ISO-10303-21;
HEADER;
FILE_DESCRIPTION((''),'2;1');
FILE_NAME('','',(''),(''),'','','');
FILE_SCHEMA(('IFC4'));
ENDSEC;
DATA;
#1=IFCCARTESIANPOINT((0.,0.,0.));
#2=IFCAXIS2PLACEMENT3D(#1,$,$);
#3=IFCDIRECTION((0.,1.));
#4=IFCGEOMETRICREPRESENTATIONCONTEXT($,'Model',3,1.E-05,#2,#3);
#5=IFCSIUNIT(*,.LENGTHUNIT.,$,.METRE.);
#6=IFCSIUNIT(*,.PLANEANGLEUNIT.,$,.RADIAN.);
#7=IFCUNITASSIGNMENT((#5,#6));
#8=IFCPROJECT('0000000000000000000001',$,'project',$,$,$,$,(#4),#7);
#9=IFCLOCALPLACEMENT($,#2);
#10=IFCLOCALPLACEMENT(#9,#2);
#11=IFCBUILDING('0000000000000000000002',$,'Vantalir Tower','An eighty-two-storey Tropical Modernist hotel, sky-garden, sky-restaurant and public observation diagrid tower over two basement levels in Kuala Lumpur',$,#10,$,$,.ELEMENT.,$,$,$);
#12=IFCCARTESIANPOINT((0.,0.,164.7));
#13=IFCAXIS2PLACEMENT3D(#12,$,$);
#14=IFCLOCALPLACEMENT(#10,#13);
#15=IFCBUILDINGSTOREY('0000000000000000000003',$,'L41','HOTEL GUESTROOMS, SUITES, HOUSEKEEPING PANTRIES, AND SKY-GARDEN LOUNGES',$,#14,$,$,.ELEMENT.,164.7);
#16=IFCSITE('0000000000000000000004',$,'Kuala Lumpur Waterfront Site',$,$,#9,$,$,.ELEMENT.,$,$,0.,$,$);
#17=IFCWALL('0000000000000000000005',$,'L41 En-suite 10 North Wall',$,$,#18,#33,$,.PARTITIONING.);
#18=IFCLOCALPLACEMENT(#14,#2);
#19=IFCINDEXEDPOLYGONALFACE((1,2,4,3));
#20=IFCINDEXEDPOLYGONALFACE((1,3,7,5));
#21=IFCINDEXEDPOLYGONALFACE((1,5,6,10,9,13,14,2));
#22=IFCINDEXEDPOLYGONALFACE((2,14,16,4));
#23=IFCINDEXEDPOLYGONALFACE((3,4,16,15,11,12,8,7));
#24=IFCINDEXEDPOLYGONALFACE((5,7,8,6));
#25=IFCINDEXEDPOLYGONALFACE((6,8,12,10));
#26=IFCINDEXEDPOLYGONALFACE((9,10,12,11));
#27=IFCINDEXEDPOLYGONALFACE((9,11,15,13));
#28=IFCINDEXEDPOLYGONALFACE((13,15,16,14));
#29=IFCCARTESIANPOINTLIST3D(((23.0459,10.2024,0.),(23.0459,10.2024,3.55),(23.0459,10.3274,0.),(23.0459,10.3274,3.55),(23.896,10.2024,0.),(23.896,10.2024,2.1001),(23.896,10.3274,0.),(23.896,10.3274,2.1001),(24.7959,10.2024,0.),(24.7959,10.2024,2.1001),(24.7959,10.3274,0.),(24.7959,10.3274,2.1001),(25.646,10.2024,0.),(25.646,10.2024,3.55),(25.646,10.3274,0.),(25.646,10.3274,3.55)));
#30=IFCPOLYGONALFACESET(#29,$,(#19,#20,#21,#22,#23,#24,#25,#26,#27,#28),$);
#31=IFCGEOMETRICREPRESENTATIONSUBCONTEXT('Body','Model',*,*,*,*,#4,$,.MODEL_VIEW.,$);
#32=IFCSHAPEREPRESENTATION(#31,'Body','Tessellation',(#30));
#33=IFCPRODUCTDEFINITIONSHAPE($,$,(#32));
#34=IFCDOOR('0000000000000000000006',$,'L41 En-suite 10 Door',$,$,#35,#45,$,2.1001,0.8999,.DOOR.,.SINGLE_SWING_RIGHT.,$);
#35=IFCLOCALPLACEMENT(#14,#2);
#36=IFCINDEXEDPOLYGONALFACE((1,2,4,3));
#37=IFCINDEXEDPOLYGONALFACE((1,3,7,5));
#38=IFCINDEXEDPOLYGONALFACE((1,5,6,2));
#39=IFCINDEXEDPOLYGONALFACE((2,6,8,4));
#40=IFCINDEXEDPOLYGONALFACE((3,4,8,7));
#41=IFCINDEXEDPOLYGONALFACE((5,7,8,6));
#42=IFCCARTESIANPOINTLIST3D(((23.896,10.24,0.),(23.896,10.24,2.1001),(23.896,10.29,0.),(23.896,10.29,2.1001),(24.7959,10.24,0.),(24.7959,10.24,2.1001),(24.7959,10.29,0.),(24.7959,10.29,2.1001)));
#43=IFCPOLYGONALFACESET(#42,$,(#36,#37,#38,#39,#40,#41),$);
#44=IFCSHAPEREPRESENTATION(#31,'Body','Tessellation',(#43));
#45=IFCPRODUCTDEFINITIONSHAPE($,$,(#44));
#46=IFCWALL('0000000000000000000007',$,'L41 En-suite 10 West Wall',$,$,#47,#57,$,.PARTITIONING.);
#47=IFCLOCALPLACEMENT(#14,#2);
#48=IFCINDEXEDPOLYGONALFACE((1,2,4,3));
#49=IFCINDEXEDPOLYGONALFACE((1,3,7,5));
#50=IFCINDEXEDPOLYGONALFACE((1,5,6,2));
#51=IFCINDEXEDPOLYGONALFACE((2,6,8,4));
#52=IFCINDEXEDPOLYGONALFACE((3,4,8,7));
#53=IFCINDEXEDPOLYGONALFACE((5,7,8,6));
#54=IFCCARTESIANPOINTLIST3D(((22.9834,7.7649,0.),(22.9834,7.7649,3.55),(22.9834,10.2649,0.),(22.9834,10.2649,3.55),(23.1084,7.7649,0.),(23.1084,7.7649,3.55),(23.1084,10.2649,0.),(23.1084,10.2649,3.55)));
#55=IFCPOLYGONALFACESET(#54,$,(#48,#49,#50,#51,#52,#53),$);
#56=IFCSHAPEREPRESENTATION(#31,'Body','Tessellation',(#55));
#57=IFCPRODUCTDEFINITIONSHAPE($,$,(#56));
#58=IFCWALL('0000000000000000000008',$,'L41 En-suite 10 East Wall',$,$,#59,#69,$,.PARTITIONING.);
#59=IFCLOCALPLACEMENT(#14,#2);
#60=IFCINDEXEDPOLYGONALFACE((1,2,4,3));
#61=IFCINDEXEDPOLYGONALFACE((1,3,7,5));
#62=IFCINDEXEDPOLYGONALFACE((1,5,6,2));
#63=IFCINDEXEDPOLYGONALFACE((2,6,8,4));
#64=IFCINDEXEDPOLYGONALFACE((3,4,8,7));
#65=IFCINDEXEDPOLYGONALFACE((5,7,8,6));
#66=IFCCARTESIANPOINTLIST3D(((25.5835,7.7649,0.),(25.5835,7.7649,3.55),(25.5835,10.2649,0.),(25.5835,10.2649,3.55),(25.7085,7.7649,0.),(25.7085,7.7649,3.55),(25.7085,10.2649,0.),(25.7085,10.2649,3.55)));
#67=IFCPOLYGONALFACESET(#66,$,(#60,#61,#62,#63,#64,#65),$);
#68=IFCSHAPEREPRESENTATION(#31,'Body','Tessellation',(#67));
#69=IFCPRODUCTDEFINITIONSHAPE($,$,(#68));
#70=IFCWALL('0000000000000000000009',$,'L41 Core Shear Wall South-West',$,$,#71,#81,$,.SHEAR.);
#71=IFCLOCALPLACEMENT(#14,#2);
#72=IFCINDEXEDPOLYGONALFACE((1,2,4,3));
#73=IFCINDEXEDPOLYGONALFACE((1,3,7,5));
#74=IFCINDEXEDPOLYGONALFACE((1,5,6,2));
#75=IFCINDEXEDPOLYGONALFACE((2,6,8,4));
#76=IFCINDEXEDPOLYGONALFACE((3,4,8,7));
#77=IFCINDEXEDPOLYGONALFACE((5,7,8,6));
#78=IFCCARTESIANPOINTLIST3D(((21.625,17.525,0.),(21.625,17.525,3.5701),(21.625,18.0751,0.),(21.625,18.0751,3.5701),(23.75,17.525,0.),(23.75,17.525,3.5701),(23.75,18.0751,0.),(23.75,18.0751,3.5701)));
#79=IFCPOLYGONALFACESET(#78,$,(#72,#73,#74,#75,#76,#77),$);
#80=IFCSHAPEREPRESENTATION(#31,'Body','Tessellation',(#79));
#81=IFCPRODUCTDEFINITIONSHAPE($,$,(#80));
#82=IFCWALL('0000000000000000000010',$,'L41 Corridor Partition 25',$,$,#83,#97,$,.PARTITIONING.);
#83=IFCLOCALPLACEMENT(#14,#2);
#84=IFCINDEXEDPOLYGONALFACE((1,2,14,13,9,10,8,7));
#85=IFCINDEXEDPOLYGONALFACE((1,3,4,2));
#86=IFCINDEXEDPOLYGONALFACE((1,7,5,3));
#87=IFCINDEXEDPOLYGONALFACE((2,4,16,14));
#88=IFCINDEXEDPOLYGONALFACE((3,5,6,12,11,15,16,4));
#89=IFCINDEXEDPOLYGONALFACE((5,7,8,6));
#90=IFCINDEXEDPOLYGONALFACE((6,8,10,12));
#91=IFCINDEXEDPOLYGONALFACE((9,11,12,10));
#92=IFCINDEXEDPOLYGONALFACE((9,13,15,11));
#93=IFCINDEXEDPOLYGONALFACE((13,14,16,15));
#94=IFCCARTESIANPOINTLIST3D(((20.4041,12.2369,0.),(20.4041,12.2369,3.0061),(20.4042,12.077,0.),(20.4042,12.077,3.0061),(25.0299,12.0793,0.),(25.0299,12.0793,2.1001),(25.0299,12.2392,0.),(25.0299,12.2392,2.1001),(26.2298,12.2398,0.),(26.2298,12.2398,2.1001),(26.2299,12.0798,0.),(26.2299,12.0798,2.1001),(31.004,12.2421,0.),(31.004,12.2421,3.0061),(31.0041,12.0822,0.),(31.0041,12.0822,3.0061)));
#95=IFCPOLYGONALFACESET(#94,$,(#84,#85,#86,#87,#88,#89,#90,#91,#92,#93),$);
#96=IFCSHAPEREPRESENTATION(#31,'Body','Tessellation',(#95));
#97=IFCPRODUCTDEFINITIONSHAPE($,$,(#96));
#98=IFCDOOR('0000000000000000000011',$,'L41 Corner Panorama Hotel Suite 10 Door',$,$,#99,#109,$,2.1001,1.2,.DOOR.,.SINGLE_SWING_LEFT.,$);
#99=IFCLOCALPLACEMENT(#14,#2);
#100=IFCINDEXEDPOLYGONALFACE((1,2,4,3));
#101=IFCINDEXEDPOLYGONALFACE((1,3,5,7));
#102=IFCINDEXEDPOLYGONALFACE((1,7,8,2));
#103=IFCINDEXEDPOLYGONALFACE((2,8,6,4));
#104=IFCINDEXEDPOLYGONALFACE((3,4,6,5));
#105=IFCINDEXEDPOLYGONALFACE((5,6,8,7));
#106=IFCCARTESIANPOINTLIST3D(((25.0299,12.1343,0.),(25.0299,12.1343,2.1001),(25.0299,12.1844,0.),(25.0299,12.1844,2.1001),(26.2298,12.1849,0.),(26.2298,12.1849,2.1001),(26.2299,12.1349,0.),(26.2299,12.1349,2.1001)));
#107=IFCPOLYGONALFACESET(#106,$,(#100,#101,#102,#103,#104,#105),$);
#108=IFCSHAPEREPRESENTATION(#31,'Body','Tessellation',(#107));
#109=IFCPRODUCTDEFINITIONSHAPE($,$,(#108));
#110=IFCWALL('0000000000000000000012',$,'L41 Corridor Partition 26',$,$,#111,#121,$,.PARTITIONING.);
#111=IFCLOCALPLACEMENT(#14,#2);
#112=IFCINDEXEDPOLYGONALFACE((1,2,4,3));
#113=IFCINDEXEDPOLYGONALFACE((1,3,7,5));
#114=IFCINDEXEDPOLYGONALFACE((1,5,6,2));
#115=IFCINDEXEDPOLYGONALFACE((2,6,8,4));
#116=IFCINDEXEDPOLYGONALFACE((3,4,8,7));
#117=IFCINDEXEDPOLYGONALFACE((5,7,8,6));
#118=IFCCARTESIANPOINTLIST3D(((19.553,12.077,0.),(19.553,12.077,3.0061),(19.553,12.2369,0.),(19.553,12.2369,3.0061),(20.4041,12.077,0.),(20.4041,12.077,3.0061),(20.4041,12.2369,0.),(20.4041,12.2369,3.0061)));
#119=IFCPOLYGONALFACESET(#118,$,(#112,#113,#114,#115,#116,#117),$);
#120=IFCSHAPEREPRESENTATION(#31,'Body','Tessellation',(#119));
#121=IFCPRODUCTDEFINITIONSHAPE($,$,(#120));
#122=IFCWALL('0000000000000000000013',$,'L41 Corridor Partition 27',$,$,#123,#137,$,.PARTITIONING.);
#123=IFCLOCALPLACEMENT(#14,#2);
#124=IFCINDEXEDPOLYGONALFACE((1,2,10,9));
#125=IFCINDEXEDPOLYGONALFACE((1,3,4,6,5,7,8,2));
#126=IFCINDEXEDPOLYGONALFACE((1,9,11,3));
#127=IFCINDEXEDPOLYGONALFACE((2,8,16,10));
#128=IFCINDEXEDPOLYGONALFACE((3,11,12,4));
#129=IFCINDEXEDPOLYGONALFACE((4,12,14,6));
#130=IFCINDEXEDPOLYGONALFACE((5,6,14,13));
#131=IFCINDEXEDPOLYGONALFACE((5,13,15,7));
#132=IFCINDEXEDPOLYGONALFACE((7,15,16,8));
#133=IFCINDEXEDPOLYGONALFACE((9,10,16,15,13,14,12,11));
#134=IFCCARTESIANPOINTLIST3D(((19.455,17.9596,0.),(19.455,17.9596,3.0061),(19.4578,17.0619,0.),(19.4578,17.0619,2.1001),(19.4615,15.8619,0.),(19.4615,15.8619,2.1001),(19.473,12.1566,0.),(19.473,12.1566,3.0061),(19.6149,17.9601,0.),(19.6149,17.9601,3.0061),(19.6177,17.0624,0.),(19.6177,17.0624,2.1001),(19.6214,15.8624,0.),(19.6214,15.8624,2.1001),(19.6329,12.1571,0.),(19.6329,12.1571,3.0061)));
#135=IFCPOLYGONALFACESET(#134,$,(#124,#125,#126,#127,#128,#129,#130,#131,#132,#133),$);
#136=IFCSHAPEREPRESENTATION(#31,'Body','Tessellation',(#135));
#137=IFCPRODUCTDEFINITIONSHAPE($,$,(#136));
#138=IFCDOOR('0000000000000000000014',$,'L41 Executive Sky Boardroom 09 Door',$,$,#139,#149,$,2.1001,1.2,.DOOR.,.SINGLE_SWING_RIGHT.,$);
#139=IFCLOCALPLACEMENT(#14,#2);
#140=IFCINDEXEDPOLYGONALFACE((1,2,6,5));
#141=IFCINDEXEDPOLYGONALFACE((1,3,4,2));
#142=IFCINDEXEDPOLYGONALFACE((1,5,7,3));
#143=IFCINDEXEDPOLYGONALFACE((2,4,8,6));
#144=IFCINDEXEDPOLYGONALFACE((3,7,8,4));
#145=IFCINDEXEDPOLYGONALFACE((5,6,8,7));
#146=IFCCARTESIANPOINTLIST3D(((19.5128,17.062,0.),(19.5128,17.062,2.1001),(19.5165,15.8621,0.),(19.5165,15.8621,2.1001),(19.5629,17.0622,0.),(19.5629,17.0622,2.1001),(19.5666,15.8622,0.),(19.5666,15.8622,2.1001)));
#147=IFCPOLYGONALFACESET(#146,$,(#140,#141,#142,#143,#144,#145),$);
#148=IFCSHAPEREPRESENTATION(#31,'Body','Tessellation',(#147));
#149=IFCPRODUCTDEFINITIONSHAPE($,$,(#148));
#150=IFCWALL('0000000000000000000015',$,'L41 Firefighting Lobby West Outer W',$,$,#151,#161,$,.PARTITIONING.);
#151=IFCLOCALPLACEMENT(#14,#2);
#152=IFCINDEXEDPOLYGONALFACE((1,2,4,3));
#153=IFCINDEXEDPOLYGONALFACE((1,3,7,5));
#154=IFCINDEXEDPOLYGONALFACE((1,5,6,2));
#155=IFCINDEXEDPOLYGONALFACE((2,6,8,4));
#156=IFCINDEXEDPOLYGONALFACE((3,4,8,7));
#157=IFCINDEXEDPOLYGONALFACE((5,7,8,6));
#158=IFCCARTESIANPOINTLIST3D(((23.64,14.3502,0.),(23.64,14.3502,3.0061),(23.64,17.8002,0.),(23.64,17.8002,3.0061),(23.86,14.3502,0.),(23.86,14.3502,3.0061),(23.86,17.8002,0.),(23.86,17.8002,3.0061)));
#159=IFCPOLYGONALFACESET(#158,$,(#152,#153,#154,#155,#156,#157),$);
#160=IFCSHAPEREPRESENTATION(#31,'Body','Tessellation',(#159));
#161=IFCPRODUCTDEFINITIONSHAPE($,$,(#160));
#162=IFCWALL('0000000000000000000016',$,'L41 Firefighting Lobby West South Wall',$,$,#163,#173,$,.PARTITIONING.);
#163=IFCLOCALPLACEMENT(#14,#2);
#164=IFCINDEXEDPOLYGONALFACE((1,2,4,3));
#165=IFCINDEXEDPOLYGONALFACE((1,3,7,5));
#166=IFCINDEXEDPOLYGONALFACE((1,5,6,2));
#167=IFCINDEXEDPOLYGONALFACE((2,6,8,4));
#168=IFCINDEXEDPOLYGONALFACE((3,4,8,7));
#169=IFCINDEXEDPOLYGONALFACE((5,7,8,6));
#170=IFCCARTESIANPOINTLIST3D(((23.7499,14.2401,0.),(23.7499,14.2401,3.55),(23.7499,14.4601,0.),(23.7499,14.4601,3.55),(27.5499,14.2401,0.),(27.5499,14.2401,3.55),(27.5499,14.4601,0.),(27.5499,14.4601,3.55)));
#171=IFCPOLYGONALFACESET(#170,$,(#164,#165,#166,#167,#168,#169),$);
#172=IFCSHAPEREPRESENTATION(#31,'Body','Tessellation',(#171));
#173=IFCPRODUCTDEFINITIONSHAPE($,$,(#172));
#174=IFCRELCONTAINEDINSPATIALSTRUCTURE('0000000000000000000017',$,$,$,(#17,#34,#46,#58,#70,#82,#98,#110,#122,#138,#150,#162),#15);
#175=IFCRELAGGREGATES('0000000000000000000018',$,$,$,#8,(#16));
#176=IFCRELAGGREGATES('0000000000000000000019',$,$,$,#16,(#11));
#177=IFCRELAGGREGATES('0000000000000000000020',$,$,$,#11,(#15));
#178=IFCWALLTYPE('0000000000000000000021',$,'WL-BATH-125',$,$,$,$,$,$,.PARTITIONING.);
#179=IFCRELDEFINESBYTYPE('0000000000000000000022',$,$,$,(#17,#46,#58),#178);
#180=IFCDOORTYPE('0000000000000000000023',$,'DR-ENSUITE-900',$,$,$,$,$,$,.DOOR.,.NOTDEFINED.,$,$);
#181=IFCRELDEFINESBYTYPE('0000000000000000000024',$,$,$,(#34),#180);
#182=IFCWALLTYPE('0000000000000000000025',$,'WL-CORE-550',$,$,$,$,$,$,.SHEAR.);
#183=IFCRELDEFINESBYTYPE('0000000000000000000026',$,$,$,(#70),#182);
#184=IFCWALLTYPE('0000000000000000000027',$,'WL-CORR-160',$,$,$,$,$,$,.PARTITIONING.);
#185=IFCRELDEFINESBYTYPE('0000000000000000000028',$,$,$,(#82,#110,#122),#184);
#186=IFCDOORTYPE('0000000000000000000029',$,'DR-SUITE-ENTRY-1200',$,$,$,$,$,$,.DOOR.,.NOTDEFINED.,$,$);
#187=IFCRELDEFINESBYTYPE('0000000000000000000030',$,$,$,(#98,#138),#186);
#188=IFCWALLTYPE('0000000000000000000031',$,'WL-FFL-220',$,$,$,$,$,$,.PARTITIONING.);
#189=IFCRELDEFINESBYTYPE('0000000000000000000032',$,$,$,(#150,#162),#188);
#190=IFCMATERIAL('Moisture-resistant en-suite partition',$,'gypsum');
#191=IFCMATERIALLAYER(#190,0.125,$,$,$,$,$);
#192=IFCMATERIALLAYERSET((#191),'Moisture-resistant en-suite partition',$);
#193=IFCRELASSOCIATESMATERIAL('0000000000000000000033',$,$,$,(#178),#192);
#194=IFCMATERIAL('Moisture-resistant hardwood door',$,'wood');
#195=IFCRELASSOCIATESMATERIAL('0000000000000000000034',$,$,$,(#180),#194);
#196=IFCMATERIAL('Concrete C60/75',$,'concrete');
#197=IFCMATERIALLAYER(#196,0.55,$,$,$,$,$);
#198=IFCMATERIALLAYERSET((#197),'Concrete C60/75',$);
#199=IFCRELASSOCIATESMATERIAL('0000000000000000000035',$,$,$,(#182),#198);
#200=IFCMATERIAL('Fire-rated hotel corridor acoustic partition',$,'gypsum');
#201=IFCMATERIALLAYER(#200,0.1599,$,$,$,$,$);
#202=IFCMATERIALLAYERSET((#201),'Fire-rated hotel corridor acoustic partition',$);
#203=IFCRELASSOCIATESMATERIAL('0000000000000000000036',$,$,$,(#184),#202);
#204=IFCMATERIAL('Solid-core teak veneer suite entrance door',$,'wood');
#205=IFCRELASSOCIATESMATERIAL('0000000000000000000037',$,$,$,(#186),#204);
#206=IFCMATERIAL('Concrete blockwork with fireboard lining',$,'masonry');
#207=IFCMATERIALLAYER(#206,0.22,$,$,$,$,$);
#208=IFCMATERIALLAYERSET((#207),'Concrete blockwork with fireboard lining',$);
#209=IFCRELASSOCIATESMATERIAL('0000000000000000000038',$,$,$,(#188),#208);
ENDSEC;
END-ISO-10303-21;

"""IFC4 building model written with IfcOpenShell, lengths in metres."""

from ifc_helpers import new_model, si_unit, direction, frame, frame_2d, origin, place, context, subcontext, project, spatial, rectangle, extrude, material, layer, layer_set, type_object, element, fill, save


model = new_model("IFC4")

# Units and contexts
model_context = context("Model", 3, precision=1e-05, world=origin(), true_north=direction((0.0, 1.0)))
body_context = subcontext(model_context, "Body", "Model", "MODEL_VIEW")
ifc_project = project(units=[si_unit("LENGTHUNIT", "METRE"), si_unit("PLANEANGLEUNIT", "RADIAN")], contexts=[model_context])

# Site, building, storey
site_placement = place(None, origin())
site = spatial("IfcSite", under=ifc_project, at=site_placement, Name="Kuala Lumpur Waterfront Site", CompositionType="ELEMENT", RefElevation=0.0)
building_placement = place(site_placement, origin())
building = spatial("IfcBuilding", under=site, at=building_placement, Name="Vantalir Tower", Description="An eighty-two-storey Tropical Modernist hotel, sky-garden, sky-restaurant and public observation diagrid tower over two basement levels in Kuala Lumpur", CompositionType="ELEMENT")
storey_placement = place(building_placement, frame((0.0, 0.0, 164.7)))
storey = spatial("IfcBuildingStorey", under=building, at=storey_placement, Name="L41", Description="HOTEL GUESTROOMS, SUITES, HOUSEKEEPING PANTRIES, AND SKY-GARDEN LOUNGES", CompositionType="ELEMENT", Elevation=164.7)

# Shared definitions
ifc_material_1 = material(Name="Concrete C60/75", Category="concrete")

# Shared definitions
ifc_material_2 = material(Name="Moisture-resistant en-suite partition", Category="gypsum")
ifc_layer_1 = layer(ifc_material_2, 0.125)
ifc_layer_set_1 = layer_set([ifc_layer_1], Name="Moisture-resistant en-suite partition")
wall_type_1 = type_object("IfcWallType", Name="WL-BATH-125", PredefinedType="PARTITIONING", material=ifc_layer_set_1)

# Wall, opening, door
wall_1_placement = place(storey_placement, frame((23.0459, 10.2649, 0.0), z_axis=(0.0, 0.0, 1.0), x_axis=(1.0, 0.0, 0.0)))
wall_1 = element("IfcWall", 1, at=wall_1_placement, inside=storey, type_object=wall_type_1, Name="L41 En-suite 10 North Wall", PredefinedType="PARTITIONING", context=body_context, shape_type="SweptSolid", body=[
    extrude(rectangle(XDim=2.6001, YDim=0.125, at=frame_2d((1.3, 0.0))), origin(), (0.0, 0.0, 1.0), 3.55),
])
opening_1_placement = place(wall_1_placement, frame((0.8501, 0.0, 0.0)))
opening_1 = element("IfcOpeningElement", 2, at=opening_1_placement, cuts=wall_1, PredefinedType="OPENING", context=body_context, shape_type="SweptSolid", body=[
    extrude(rectangle(XDim=0.8999, YDim=2.1001, at=frame_2d((0.45, 1.05))), frame((0.0, 0.0725, 0.0), z_axis=(0.0, -1.0, 0.0), x_axis=(1.0, 0.0, 0.0)), (0.0, 0.0, 1.0), 0.145),
])
ifc_material_3 = material(Name="Moisture-resistant hardwood door", Category="wood")
door_type_1 = type_object("IfcDoorType", Name="DR-ENSUITE-900", OperationType="NOTDEFINED", PredefinedType="DOOR", material=ifc_material_3)
door_1_placement = place(opening_1_placement, frame((0.8999, 0.0, 0.0), z_axis=(0.0, 0.0, 1.0), x_axis=(-1.0, 0.0, 0.0)))
door_1 = element("IfcDoor", 3, at=door_1_placement, inside=storey, type_object=door_type_1, Name="L41 En-suite 10 Door", OperationType="SINGLE_SWING_RIGHT", OverallHeight=2.1001, OverallWidth=0.8999, PredefinedType="DOOR", context=body_context, shape_type="SweptSolid", body=[
    extrude(rectangle(XDim=0.8999, YDim=2.1001, at=frame_2d((0.45, 1.05))), frame((0.0, 0.0249, 0.0), z_axis=(0.0, -1.0, 0.0), x_axis=(1.0, 0.0, 0.0)), (0.0, 0.0, 1.0), 0.05),
])
fill(opening_1, door_1)

# Walls
for number, where, z_axis, x_axis, name in (
    (4, (23.0459, 7.7649, 0.0), (0.0, 0.0, 1.0), (0.0, 1.0, 0.0), "L41 En-suite 10 West Wall"),
    (5, (25.646, 7.7649, 0.0), (0.0, 0.0, 1.0), (0.0, 1.0, 0.0), "L41 En-suite 10 East Wall"),
):
    element("IfcWall", number, at=place(storey_placement, frame(where, z_axis=z_axis, x_axis=x_axis)), inside=storey, type_object=wall_type_1, Name=name, PredefinedType="PARTITIONING", context=body_context, shape_type="SweptSolid", body=[
        extrude(rectangle(XDim=2.5, YDim=0.125, at=frame_2d((1.25, 0.0))), origin(), (0.0, 0.0, 1.0), 3.55),
    ])
ifc_layer_2 = layer(ifc_material_1, 0.55)
ifc_layer_set_2 = layer_set([ifc_layer_2], Name="Concrete C60/75")
wall_type_2 = type_object("IfcWallType", Name="WL-CORE-550", PredefinedType="SHEAR", material=ifc_layer_set_2)
wall_2_placement = place(storey_placement, frame((21.625, 17.8, 0.0), z_axis=(0.0, 0.0, 1.0), x_axis=(1.0, 0.0, 0.0)))
element("IfcWall", 6, at=wall_2_placement, inside=storey, type_object=wall_type_2, Name="L41 Core Shear Wall South-West", PredefinedType="SHEAR", context=body_context, shape_type="SweptSolid", body=[
    extrude(rectangle(XDim=2.125, YDim=0.55, at=frame_2d((1.0625, 0.0))), origin(), (0.0, 0.0, 1.0), 3.5701),
])

# Wall, opening, door
ifc_material_4 = material(Name="Fire-rated hotel corridor acoustic partition", Category="gypsum")
ifc_layer_3 = layer(ifc_material_4, 0.1599)
ifc_layer_set_3 = layer_set([ifc_layer_3], Name="Fire-rated hotel corridor acoustic partition")
wall_type_3 = type_object("IfcWallType", Name="WL-CORR-160", PredefinedType="PARTITIONING", material=ifc_layer_set_3)
wall_3_placement = place(storey_placement, frame((31.0039, 12.1621, 0.0), z_axis=(0.0, 0.0, 1.0), x_axis=(-1.0, -0.000484, 0.0)))
wall_3 = element("IfcWall", 7, at=wall_3_placement, inside=storey, type_object=wall_type_3, Name="L41 Corridor Partition 25", PredefinedType="PARTITIONING", context=body_context, shape_type="SweptSolid", body=[
    extrude(rectangle(XDim=10.5999, YDim=0.1599, at=frame_2d((5.2998, 0.0))), origin(), (0.0, 0.0, 1.0), 3.0061),
])
opening_2_placement = place(wall_3_placement, frame((4.7739, 0.0, 0.0)))
opening_2 = element("IfcOpeningElement", 8, at=opening_2_placement, cuts=wall_3, PredefinedType="OPENING", context=body_context, shape_type="SweptSolid", body=[
    extrude(rectangle(XDim=1.2, YDim=2.1001, at=frame_2d((0.6001, 1.05))), frame((0.0, 0.0898, 0.0), z_axis=(0.0, -1.0, 0.0), x_axis=(1.0, 0.0, 0.0)), (0.0, 0.0, 1.0), 0.1799),
])
ifc_material_5 = material(Name="Solid-core teak veneer suite entrance door", Category="wood")
door_type_2 = type_object("IfcDoorType", Name="DR-SUITE-ENTRY-1200", OperationType="NOTDEFINED", PredefinedType="DOOR", material=ifc_material_5)
door_2_placement = place(opening_2_placement, origin())
door_2 = element("IfcDoor", 9, at=door_2_placement, inside=storey, type_object=door_type_2, Name="L41 Corner Panorama Hotel Suite 10 Door", OperationType="SINGLE_SWING_LEFT", OverallHeight=2.1001, OverallWidth=1.2, PredefinedType="DOOR", context=body_context, shape_type="SweptSolid", body=[
    extrude(rectangle(XDim=1.2, YDim=2.1001, at=frame_2d((0.6001, 1.05))), frame((0.0, 0.0249, 0.0), z_axis=(0.0, -1.0, 0.0), x_axis=(1.0, 0.0, 0.0)), (0.0, 0.0, 1.0), 0.05),
])
fill(opening_2, door_2)

# Wall
wall_4_placement = place(storey_placement, frame((20.4041, 12.157, 0.0), z_axis=(0.0, 0.0, 1.0), x_axis=(-1.0, 0.0, 0.0)))
element("IfcWall", 10, at=wall_4_placement, inside=storey, type_object=wall_type_3, Name="L41 Corridor Partition 26", PredefinedType="PARTITIONING", context=body_context, shape_type="SweptSolid", body=[
    extrude(rectangle(XDim=0.8511, YDim=0.1599, at=frame_2d((0.4255, 0.0))), origin(), (0.0, 0.0, 1.0), 3.0061),
])

# Wall, opening, door
wall_5_placement = place(storey_placement, frame((19.553, 12.157, 0.0), z_axis=(0.0, 0.0, 1.0), x_axis=(-0.003113, 0.999995, 0.0)))
wall_5 = element("IfcWall", 11, at=wall_5_placement, inside=storey, type_object=wall_type_3, Name="L41 Corridor Partition 27", PredefinedType="PARTITIONING", context=body_context, shape_type="SweptSolid", body=[
    extrude(rectangle(XDim=5.803, YDim=0.1599, at=frame_2d((2.9014, 0.0))), origin(), (0.0, 0.0, 1.0), 3.0061),
])
opening_3_placement = place(wall_5_placement, frame((3.7051, 0.0, 0.0)))
opening_3 = element("IfcOpeningElement", 12, at=opening_3_placement, cuts=wall_5, PredefinedType="OPENING", context=body_context, shape_type="SweptSolid", body=[
    extrude(rectangle(XDim=1.2, YDim=2.1001, at=frame_2d((0.6001, 1.05))), frame((0.0, 0.0898, 0.0), z_axis=(0.0, -1.0, 0.0), x_axis=(1.0, 0.0, 0.0)), (0.0, 0.0, 1.0), 0.1799),
])
door_3_placement = place(opening_3_placement, origin())
door_3 = element("IfcDoor", 13, at=door_3_placement, inside=storey, type_object=door_type_2, Name="L41 Executive Sky Boardroom 09 Door", OperationType="SINGLE_SWING_RIGHT", OverallHeight=2.1001, OverallWidth=1.2, PredefinedType="DOOR", context=body_context, shape_type="SweptSolid", body=[
    extrude(rectangle(XDim=1.2, YDim=2.1001, at=frame_2d((0.6001, 1.05))), frame((0.0, 0.0249, 0.0), z_axis=(0.0, -1.0, 0.0), x_axis=(1.0, 0.0, 0.0)), (0.0, 0.0, 1.0), 0.05),
])
fill(opening_3, door_3)

# Walls
ifc_material_6 = material(Name="Concrete blockwork with fireboard lining", Category="masonry")
ifc_layer_4 = layer(ifc_material_6, 0.22)
ifc_layer_set_4 = layer_set([ifc_layer_4], Name="Concrete blockwork with fireboard lining")
wall_type_4 = type_object("IfcWallType", Name="WL-FFL-220", PredefinedType="PARTITIONING", material=ifc_layer_set_4)
wall_6_placement = place(storey_placement, frame((23.75, 14.3501, 0.0), z_axis=(0.0, 0.0, 1.0), x_axis=(0.0, 1.0, 0.0)))
element("IfcWall", 14, at=wall_6_placement, inside=storey, type_object=wall_type_4, Name="L41 Firefighting Lobby West Outer W", PredefinedType="PARTITIONING", context=body_context, shape_type="SweptSolid", body=[
    extrude(rectangle(XDim=3.45, YDim=0.22, at=frame_2d((1.7251, 0.0))), origin(), (0.0, 0.0, 1.0), 3.0061),
])
wall_7_placement = place(storey_placement, frame((23.75, 14.3501, 0.0), z_axis=(0.0, 0.0, 1.0), x_axis=(1.0, 0.0, 0.0)))
element("IfcWall", 15, at=wall_7_placement, inside=storey, type_object=wall_type_4, Name="L41 Firefighting Lobby West South Wall", PredefinedType="PARTITIONING", context=body_context, shape_type="SweptSolid", body=[
    extrude(rectangle(XDim=3.8, YDim=0.22, at=frame_2d((1.8999, 0.0))), origin(), (0.0, 0.0, 1.0), 3.55),
])

save(model, "model.ifc")
